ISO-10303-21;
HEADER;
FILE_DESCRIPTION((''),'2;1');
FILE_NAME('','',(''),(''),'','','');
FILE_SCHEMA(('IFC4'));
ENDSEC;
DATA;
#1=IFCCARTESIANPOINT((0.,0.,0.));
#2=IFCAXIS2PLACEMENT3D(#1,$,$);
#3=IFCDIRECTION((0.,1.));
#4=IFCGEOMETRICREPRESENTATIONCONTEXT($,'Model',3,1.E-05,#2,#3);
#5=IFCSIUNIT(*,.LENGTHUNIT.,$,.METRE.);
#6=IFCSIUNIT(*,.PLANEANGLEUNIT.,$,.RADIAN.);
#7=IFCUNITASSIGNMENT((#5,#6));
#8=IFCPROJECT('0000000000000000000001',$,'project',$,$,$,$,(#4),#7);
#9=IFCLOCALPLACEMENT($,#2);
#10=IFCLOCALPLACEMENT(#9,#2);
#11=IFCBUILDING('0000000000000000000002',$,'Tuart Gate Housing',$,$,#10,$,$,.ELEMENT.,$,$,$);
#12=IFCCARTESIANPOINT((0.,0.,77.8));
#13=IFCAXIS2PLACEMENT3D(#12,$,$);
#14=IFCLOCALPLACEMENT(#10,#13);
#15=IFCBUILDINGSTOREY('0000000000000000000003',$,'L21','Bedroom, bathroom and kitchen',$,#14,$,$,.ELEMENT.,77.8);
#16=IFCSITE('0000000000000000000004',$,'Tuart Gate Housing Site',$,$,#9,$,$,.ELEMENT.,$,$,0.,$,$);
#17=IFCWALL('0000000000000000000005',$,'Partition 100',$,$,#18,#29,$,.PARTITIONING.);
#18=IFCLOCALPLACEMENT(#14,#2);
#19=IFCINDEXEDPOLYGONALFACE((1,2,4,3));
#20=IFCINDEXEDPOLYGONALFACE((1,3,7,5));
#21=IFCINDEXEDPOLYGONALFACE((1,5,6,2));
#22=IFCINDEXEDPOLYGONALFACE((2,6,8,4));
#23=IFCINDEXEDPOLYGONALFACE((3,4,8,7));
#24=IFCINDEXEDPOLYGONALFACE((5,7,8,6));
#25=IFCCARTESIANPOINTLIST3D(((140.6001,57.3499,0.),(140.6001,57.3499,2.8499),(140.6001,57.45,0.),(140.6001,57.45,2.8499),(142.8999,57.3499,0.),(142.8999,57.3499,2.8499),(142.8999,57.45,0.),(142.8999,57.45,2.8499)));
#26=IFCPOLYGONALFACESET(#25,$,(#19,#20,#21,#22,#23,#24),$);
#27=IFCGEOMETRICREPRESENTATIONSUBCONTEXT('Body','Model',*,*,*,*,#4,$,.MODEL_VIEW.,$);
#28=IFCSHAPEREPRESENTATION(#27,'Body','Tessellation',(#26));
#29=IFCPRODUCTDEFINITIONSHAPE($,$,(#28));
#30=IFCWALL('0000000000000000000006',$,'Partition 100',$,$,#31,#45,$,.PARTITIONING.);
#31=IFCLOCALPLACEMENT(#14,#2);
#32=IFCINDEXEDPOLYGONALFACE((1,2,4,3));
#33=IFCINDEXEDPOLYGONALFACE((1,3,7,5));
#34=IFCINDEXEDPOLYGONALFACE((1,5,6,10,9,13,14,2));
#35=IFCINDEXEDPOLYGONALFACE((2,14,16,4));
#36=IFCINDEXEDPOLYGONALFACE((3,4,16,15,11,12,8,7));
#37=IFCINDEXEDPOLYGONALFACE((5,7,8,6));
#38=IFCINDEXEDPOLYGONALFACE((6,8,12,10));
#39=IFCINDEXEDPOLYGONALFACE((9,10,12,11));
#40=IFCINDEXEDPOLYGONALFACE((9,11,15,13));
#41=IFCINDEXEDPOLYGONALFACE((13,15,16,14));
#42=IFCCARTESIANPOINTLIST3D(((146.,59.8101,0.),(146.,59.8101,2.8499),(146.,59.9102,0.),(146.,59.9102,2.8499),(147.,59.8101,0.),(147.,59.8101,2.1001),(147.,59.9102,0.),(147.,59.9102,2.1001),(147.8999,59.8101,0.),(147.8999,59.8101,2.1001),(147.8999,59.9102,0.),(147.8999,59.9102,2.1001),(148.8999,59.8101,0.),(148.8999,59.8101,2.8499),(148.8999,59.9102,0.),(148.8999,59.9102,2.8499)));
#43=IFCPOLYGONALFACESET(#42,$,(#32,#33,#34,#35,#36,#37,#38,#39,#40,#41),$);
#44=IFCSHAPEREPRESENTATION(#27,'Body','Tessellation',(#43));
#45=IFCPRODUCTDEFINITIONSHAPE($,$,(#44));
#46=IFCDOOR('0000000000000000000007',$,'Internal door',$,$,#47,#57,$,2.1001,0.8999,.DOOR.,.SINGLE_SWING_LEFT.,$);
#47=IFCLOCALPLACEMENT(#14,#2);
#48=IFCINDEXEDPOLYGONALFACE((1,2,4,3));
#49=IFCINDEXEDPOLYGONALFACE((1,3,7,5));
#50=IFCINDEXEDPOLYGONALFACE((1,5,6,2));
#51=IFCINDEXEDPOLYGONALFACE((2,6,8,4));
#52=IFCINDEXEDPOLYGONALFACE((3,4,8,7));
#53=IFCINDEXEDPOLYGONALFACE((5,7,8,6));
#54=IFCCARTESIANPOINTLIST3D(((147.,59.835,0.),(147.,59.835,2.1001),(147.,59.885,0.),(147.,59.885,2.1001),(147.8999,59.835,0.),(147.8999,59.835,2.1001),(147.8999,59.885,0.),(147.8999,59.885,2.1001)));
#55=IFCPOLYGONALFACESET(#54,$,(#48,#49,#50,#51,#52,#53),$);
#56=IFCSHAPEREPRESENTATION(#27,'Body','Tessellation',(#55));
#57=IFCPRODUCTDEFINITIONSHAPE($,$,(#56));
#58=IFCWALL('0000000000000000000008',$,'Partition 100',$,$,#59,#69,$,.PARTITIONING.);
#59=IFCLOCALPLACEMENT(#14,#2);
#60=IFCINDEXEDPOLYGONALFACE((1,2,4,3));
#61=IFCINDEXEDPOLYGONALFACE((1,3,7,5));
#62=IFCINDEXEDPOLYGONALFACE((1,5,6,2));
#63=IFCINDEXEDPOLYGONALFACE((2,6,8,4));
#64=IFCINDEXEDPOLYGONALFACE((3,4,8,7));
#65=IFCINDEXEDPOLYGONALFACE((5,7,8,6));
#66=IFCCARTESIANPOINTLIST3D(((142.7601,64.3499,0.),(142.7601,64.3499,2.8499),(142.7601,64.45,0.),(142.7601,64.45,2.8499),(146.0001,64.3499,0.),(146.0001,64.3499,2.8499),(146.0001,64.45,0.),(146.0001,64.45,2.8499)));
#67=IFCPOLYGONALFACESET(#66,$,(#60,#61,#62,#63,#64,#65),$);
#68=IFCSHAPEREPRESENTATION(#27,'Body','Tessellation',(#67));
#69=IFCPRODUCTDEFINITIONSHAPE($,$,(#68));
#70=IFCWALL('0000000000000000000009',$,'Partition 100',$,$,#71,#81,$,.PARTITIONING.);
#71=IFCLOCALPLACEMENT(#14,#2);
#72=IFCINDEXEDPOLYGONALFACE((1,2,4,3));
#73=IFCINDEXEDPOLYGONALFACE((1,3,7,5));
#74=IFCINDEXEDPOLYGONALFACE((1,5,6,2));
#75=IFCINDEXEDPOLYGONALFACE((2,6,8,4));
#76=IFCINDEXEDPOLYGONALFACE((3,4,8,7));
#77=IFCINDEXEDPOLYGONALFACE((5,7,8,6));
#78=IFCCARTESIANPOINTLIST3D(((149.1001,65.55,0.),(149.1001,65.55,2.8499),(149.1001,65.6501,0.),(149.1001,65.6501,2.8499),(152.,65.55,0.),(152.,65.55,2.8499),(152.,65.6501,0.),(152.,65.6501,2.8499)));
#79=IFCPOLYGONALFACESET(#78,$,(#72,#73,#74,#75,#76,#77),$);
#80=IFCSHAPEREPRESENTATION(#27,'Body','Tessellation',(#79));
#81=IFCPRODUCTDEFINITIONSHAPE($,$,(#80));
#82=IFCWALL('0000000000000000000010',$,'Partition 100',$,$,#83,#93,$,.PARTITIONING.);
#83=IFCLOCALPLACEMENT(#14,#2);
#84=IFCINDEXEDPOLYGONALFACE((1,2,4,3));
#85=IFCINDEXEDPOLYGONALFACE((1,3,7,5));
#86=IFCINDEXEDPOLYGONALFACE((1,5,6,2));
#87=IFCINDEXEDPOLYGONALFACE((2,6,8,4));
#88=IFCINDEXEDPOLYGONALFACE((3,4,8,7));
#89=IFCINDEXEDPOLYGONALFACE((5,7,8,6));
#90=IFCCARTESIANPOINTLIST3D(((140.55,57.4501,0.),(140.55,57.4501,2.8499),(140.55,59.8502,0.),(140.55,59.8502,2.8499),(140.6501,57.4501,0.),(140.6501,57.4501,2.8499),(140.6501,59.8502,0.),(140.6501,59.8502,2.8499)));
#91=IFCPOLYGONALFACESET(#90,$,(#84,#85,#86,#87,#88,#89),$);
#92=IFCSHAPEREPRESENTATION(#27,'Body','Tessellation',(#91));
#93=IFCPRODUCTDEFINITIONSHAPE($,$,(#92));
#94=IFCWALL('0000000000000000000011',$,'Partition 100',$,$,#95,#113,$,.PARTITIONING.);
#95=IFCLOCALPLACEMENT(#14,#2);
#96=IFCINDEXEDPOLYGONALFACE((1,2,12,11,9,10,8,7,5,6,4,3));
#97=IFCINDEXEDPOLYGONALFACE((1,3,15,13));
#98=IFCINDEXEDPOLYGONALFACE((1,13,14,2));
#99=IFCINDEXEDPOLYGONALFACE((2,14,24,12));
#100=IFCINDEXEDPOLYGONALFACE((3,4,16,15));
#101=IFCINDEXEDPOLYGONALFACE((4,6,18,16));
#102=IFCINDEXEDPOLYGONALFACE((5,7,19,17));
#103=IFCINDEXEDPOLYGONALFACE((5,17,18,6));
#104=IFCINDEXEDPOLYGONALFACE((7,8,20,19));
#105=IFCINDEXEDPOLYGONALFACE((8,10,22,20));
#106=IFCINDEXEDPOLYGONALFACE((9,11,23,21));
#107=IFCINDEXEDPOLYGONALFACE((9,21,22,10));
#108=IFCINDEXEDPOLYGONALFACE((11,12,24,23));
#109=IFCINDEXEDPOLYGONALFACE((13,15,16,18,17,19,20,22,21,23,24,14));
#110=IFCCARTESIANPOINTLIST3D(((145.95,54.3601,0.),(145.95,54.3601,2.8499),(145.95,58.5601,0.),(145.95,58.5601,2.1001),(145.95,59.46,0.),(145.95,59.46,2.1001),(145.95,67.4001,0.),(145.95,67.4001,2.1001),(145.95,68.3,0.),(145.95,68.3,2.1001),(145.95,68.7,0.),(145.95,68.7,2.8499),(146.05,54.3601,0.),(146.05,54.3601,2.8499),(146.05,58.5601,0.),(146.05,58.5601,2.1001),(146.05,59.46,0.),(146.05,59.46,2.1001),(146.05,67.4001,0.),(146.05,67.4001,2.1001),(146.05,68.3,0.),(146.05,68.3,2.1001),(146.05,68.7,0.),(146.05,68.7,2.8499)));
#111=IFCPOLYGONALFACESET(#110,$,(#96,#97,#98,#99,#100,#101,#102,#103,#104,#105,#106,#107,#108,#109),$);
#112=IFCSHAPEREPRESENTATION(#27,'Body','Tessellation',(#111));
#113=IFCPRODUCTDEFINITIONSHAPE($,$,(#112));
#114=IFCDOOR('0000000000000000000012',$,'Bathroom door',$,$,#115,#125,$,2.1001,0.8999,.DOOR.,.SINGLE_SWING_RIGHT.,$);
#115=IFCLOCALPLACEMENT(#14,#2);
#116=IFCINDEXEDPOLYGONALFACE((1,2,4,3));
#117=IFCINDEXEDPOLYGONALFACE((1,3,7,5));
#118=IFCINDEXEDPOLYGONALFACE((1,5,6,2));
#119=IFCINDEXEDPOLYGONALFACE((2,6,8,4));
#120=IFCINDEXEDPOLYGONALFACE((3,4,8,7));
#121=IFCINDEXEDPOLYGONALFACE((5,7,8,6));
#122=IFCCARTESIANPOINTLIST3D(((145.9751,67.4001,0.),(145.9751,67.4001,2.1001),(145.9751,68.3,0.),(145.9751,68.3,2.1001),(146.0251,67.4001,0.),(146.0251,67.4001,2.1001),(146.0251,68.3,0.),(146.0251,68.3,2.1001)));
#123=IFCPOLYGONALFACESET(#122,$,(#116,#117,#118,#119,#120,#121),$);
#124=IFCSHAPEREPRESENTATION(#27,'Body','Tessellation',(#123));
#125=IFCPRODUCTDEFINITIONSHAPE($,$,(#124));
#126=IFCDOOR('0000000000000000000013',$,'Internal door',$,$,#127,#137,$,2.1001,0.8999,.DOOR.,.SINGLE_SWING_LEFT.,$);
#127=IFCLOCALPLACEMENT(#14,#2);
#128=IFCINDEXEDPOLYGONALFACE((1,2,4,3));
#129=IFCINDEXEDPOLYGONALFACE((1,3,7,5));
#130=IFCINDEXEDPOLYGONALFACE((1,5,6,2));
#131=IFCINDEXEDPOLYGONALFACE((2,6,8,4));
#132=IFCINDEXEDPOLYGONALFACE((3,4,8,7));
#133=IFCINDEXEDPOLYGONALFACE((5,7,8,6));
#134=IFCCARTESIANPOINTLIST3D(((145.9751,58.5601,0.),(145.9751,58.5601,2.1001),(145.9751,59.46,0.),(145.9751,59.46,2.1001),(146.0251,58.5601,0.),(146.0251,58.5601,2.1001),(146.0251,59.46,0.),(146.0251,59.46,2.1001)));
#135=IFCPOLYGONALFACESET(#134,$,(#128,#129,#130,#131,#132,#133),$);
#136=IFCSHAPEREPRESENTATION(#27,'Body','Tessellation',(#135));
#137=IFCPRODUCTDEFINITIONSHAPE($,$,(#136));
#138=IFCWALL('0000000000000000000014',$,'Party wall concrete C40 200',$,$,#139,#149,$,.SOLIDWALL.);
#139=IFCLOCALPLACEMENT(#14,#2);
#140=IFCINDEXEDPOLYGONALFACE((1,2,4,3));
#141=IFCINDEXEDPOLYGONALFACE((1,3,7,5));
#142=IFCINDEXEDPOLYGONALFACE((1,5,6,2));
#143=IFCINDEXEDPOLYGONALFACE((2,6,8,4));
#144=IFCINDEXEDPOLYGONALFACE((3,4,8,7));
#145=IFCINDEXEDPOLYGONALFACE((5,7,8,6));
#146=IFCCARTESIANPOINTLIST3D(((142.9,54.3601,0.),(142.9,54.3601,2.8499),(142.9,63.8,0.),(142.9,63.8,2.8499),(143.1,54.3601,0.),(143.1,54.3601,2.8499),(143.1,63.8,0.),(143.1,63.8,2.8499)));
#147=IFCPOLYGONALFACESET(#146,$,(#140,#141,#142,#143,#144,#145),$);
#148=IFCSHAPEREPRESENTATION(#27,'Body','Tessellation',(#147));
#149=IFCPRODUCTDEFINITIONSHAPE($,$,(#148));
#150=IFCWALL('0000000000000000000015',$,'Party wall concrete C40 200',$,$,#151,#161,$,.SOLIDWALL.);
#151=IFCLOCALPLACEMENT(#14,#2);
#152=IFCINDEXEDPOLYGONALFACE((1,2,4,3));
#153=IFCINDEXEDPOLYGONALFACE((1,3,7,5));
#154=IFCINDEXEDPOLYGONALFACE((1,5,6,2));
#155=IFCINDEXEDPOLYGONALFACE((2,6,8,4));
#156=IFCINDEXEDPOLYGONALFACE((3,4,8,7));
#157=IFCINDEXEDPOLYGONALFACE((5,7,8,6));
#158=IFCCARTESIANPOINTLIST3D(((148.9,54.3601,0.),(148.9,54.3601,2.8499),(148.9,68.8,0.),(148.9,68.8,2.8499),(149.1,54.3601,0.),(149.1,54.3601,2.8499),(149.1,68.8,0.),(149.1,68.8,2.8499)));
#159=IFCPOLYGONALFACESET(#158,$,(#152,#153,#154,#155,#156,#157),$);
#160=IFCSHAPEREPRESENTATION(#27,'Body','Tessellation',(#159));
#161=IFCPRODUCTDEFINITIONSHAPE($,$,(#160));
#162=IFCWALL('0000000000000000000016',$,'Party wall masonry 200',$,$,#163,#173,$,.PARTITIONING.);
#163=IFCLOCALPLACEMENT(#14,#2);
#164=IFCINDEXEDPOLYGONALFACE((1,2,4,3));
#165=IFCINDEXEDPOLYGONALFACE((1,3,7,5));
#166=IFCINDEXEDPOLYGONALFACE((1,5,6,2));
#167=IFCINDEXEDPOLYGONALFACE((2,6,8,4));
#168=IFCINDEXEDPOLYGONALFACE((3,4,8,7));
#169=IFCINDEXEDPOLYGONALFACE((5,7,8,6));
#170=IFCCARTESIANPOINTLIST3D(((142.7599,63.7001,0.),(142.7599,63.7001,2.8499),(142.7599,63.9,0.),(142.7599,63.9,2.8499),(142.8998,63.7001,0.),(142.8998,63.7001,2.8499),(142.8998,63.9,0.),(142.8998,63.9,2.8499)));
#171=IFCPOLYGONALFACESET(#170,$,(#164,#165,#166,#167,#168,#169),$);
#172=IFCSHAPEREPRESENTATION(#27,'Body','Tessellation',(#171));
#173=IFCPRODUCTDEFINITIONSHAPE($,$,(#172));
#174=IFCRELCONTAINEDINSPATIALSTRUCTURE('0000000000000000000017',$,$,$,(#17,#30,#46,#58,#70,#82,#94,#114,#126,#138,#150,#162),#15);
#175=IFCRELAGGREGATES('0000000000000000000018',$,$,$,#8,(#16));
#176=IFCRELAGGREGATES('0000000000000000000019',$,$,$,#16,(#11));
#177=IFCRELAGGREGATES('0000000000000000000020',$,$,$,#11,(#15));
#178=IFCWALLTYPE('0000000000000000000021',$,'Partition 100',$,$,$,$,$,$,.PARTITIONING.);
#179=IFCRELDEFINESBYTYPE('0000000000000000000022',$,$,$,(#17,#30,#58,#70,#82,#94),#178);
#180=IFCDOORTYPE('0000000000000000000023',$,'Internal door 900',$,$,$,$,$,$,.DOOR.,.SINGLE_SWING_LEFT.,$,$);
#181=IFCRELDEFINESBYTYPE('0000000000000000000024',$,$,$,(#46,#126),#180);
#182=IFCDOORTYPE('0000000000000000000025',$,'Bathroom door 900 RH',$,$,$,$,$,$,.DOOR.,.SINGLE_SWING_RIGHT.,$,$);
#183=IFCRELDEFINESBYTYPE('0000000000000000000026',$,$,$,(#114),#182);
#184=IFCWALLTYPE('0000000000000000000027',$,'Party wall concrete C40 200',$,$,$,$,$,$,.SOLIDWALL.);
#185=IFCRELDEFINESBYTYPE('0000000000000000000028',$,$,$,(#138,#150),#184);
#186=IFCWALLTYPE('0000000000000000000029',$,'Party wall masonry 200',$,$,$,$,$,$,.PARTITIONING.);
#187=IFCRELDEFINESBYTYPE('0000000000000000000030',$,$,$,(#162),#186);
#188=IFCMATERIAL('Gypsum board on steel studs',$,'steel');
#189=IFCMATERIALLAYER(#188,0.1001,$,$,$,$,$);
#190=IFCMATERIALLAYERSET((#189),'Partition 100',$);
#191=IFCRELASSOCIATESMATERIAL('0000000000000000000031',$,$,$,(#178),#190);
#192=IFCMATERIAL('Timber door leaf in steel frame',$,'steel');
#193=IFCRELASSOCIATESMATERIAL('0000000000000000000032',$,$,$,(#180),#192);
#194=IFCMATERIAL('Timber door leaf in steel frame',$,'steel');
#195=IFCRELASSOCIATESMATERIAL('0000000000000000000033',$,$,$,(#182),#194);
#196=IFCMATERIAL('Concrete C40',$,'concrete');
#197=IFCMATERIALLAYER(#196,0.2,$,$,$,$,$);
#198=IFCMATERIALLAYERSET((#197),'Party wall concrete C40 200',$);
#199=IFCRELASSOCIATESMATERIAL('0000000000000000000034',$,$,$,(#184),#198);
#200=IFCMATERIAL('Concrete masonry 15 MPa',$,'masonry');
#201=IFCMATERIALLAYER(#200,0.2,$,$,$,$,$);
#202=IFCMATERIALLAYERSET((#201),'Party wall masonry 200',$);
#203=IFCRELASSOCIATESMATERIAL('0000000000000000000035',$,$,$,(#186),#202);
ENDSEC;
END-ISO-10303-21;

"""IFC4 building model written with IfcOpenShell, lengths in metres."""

from ifc_helpers import new_model, si_unit, direction, frame, frame_2d, origin, place, context, subcontext, project, spatial, rectangle, extrude, material, layer, layer_set, type_object, element, fill, save


model = new_model("IFC4")

# Units and contexts
model_context = context("Model", 3, precision=1e-05, world=origin(), true_north=direction((0.0, 1.0)))
body_context = subcontext(model_context, "Body", "Model", "MODEL_VIEW")
ifc_project = project(units=[si_unit("LENGTHUNIT", "METRE"), si_unit("PLANEANGLEUNIT", "RADIAN")], contexts=[model_context])

# Site, building, storey
site_placement = place(None, origin())
site = spatial("IfcSite", under=ifc_project, at=site_placement, Name="Tuart Gate Housing Site", CompositionType="ELEMENT", RefElevation=0.0)
building_placement = place(site_placement, origin())
building = spatial("IfcBuilding", under=site, at=building_placement, Name="Tuart Gate Housing", CompositionType="ELEMENT")
storey_placement = place(building_placement, frame((0.0, 0.0, 77.8)))
storey = spatial("IfcBuildingStorey", under=building, at=storey_placement, Name="L21", Description="Bedroom, bathroom and kitchen", CompositionType="ELEMENT", Elevation=77.8)

# Wall
ifc_material_1 = material(Name="Gypsum board on steel studs", Category="steel")
ifc_layer_1 = layer(ifc_material_1, 0.1001)
ifc_layer_set_1 = layer_set([ifc_layer_1], Name="Partition 100")
wall_type_1 = type_object("IfcWallType", Name="Partition 100", PredefinedType="PARTITIONING", material=ifc_layer_set_1)
wall_1_placement = place(storey_placement, frame((140.6001, 57.3999, 0.0), z_axis=(0.0, 0.0, 1.0), x_axis=(1.0, 0.0, 0.0)))
element("IfcWall", 1, at=wall_1_placement, inside=storey, type_object=wall_type_1, Name="Partition 100", PredefinedType="PARTITIONING", context=body_context, shape_type="SweptSolid", body=[
    extrude(rectangle(XDim=2.2998, YDim=0.1001, at=frame_2d((1.1499, 0.0))), origin(), (0.0, 0.0, 1.0), 2.8499),
])

# Wall, opening, door
wall_2_placement = place(storey_placement, frame((146.0, 59.8601, 0.0), z_axis=(0.0, 0.0, 1.0), x_axis=(1.0, 0.0, 0.0)))
wall_2 = element("IfcWall", 2, at=wall_2_placement, inside=storey, type_object=wall_type_1, Name="Partition 100", PredefinedType="PARTITIONING", context=body_context, shape_type="SweptSolid", body=[
    extrude(rectangle(XDim=2.8999, YDim=0.1001, at=frame_2d((1.45, 0.0))), origin(), (0.0, 0.0, 1.0), 2.8499),
])
opening_1_placement = place(wall_2_placement, frame((1.0, 0.0, 0.0)))
opening_1 = element("IfcOpeningElement", 3, at=opening_1_placement, cuts=wall_2, PredefinedType="OPENING", context=body_context, shape_type="SweptSolid", body=[
    extrude(rectangle(XDim=0.8999, YDim=2.1001, at=frame_2d((0.45, 1.05))), frame((0.0, 0.0601, 0.0), z_axis=(0.0, -1.0, 0.0), x_axis=(1.0, 0.0, 0.0)), (0.0, 0.0, 1.0), 0.1201),
])
ifc_material_2 = material(Name="Timber door leaf in steel frame", Category="steel")
door_type_1 = type_object("IfcDoorType", Name="Internal door 900", OperationType="SINGLE_SWING_LEFT", PredefinedType="DOOR", material=ifc_material_2)
door_1_placement = place(opening_1_placement, origin())
door_1 = element("IfcDoor", 4, at=door_1_placement, inside=storey, type_object=door_type_1, Name="Internal door", OperationType="SINGLE_SWING_LEFT", OverallHeight=2.1001, OverallWidth=0.8999, PredefinedType="DOOR", context=body_context, shape_type="SweptSolid", body=[
    extrude(rectangle(XDim=0.8999, YDim=2.1001, at=frame_2d((0.45, 1.05))), frame((0.0, 0.0249, 0.0), z_axis=(0.0, -1.0, 0.0), x_axis=(1.0, 0.0, 0.0)), (0.0, 0.0, 1.0), 0.05),
])
fill(opening_1, door_1)

# Walls
wall_3_placement = place(storey_placement, frame((142.76, 64.3999, 0.0), z_axis=(0.0, 0.0, 1.0), x_axis=(1.0, 0.0, 0.0)))
element("IfcWall", 5, at=wall_3_placement, inside=storey, type_object=wall_type_1, Name="Partition 100", PredefinedType="PARTITIONING", context=body_context, shape_type="SweptSolid", body=[
    extrude(rectangle(XDim=3.24, YDim=0.1001, at=frame_2d((1.6201, 0.0))), origin(), (0.0, 0.0, 1.0), 2.8499),
])
wall_4_placement = place(storey_placement, frame((149.1001, 65.6001, 0.0), z_axis=(0.0, 0.0, 1.0), x_axis=(1.0, 0.0, 0.0)))
element("IfcWall", 6, at=wall_4_placement, inside=storey, type_object=wall_type_1, Name="Partition 100", PredefinedType="PARTITIONING", context=body_context, shape_type="SweptSolid", body=[
    extrude(rectangle(XDim=2.8999, YDim=0.1001, at=frame_2d((1.45, 0.0))), origin(), (0.0, 0.0, 1.0), 2.8499),
])
wall_5_placement = place(storey_placement, frame((140.6001, 57.45, 0.0), z_axis=(0.0, 0.0, 1.0), x_axis=(0.0, 1.0, 0.0)))
element("IfcWall", 7, at=wall_5_placement, inside=storey, type_object=wall_type_1, Name="Partition 100", PredefinedType="PARTITIONING", context=body_context, shape_type="SweptSolid", body=[
    extrude(rectangle(XDim=2.4001, YDim=0.1001, at=frame_2d((1.2002, 0.0))), origin(), (0.0, 0.0, 1.0), 2.8499),
])

# Wall, openings, doors
wall_6_placement = place(storey_placement, frame((146.0, 54.3601, 0.0), z_axis=(0.0, 0.0, 1.0), x_axis=(0.0, 1.0, 0.0)))
wall_6 = element("IfcWall", 8, at=wall_6_placement, inside=storey, type_object=wall_type_1, Name="Partition 100", PredefinedType="PARTITIONING", context=body_context, shape_type="SweptSolid", body=[
    extrude(rectangle(XDim=14.3398, YDim=0.1001, at=frame_2d((7.1699, 0.0))), origin(), (0.0, 0.0, 1.0), 2.8499),
])
opening_2_placement = place(wall_6_placement, frame((4.2, 0.0, 0.0)))
opening_2 = element("IfcOpeningElement", 9, at=opening_2_placement, cuts=wall_6, PredefinedType="OPENING", context=body_context, shape_type="SweptSolid", body=[
    extrude(rectangle(XDim=0.8999, YDim=2.1001, at=frame_2d((0.45, 1.05))), frame((0.0, 0.0601, 0.0), z_axis=(0.0, -1.0, 0.0), x_axis=(1.0, 0.0, 0.0)), (0.0, 0.0, 1.0), 0.1201),
])
opening_3_placement = place(wall_6_placement, frame((13.04, 0.0, 0.0)))
opening_3 = element("IfcOpeningElement", 10, at=opening_3_placement, cuts=wall_6, PredefinedType="OPENING", context=body_context, shape_type="SweptSolid", body=[
    extrude(rectangle(XDim=0.8999, YDim=2.1001, at=frame_2d((0.45, 1.05))), frame((0.0, 0.0601, 0.0), z_axis=(0.0, -1.0, 0.0), x_axis=(1.0, 0.0, 0.0)), (0.0, 0.0, 1.0), 0.1201),
])
ifc_material_3 = material(Name="Timber door leaf in steel frame", Category="steel")
door_type_2 = type_object("IfcDoorType", Name="Bathroom door 900 RH", OperationType="SINGLE_SWING_RIGHT", PredefinedType="DOOR", material=ifc_material_3)
door_2_placement = place(opening_3_placement, origin())
door_2 = element("IfcDoor", 11, at=door_2_placement, inside=storey, type_object=door_type_2, Name="Bathroom door", OperationType="SINGLE_SWING_RIGHT", OverallHeight=2.1001, OverallWidth=0.8999, PredefinedType="DOOR", context=body_context, shape_type="SweptSolid", body=[
    extrude(rectangle(XDim=0.8999, YDim=2.1001, at=frame_2d((0.45, 1.05))), frame((0.0, 0.0249, 0.0), z_axis=(0.0, -1.0, 0.0), x_axis=(1.0, 0.0, 0.0)), (0.0, 0.0, 1.0), 0.05),
])
fill(opening_3, door_2)
door_3_placement = place(opening_2_placement, origin())
door_3 = element("IfcDoor", 12, at=door_3_placement, inside=storey, type_object=door_type_1, Name="Internal door", OperationType="SINGLE_SWING_LEFT", OverallHeight=2.1001, OverallWidth=0.8999, PredefinedType="DOOR", context=body_context, shape_type="SweptSolid", body=[
    extrude(rectangle(XDim=0.8999, YDim=2.1001, at=frame_2d((0.45, 1.05))), frame((0.0, 0.0249, 0.0), z_axis=(0.0, -1.0, 0.0), x_axis=(1.0, 0.0, 0.0)), (0.0, 0.0, 1.0), 0.05),
])
fill(opening_2, door_3)

# Walls
ifc_material_4 = material(Name="Concrete C40", Category="concrete")
ifc_layer_2 = layer(ifc_material_4, 0.2)
ifc_layer_set_2 = layer_set([ifc_layer_2], Name="Party wall concrete C40 200")
wall_type_2 = type_object("IfcWallType", Name="Party wall concrete C40 200", PredefinedType="SOLIDWALL", material=ifc_layer_set_2)
wall_7_placement = place(storey_placement, frame((143.0, 54.3601, 0.0), z_axis=(0.0, 0.0, 1.0), x_axis=(0.0, 1.0, 0.0)))
element("IfcWall", 13, at=wall_7_placement, inside=storey, type_object=wall_type_2, Name="Party wall concrete C40 200", PredefinedType="SOLIDWALL", context=body_context, shape_type="SweptSolid", body=[
    extrude(rectangle(XDim=9.4399, YDim=0.2, at=frame_2d((4.72, 0.0))), origin(), (0.0, 0.0, 1.0), 2.8499),
])
wall_8_placement = place(storey_placement, frame((149.0, 54.3601, 0.0), z_axis=(0.0, 0.0, 1.0), x_axis=(0.0, 1.0, 0.0)))
element("IfcWall", 14, at=wall_8_placement, inside=storey, type_object=wall_type_2, Name="Party wall concrete C40 200", PredefinedType="SOLIDWALL", context=body_context, shape_type="SweptSolid", body=[
    extrude(rectangle(XDim=14.4399, YDim=0.2, at=frame_2d((7.22, 0.0))), origin(), (0.0, 0.0, 1.0), 2.8499),
])
ifc_material_5 = material(Name="Concrete masonry 15 MPa", Category="masonry")
ifc_layer_3 = layer(ifc_material_5, 0.2)
ifc_layer_set_3 = layer_set([ifc_layer_3], Name="Party wall masonry 200")
wall_type_3 = type_object("IfcWallType", Name="Party wall masonry 200", PredefinedType="PARTITIONING", material=ifc_layer_set_3)
wall_9_placement = place(storey_placement, frame((142.76, 63.8, 0.0), z_axis=(0.0, 0.0, 1.0), x_axis=(1.0, 0.0, 0.0)))
element("IfcWall", 15, at=wall_9_placement, inside=storey, type_object=wall_type_3, Name="Party wall masonry 200", PredefinedType="PARTITIONING", context=body_context, shape_type="SweptSolid", body=[
    extrude(rectangle(XDim=0.1399, YDim=0.2, at=frame_2d((0.0698, 0.0))), origin(), (0.0, 0.0, 1.0), 2.8499),
])

save(model, "model.ifc")
